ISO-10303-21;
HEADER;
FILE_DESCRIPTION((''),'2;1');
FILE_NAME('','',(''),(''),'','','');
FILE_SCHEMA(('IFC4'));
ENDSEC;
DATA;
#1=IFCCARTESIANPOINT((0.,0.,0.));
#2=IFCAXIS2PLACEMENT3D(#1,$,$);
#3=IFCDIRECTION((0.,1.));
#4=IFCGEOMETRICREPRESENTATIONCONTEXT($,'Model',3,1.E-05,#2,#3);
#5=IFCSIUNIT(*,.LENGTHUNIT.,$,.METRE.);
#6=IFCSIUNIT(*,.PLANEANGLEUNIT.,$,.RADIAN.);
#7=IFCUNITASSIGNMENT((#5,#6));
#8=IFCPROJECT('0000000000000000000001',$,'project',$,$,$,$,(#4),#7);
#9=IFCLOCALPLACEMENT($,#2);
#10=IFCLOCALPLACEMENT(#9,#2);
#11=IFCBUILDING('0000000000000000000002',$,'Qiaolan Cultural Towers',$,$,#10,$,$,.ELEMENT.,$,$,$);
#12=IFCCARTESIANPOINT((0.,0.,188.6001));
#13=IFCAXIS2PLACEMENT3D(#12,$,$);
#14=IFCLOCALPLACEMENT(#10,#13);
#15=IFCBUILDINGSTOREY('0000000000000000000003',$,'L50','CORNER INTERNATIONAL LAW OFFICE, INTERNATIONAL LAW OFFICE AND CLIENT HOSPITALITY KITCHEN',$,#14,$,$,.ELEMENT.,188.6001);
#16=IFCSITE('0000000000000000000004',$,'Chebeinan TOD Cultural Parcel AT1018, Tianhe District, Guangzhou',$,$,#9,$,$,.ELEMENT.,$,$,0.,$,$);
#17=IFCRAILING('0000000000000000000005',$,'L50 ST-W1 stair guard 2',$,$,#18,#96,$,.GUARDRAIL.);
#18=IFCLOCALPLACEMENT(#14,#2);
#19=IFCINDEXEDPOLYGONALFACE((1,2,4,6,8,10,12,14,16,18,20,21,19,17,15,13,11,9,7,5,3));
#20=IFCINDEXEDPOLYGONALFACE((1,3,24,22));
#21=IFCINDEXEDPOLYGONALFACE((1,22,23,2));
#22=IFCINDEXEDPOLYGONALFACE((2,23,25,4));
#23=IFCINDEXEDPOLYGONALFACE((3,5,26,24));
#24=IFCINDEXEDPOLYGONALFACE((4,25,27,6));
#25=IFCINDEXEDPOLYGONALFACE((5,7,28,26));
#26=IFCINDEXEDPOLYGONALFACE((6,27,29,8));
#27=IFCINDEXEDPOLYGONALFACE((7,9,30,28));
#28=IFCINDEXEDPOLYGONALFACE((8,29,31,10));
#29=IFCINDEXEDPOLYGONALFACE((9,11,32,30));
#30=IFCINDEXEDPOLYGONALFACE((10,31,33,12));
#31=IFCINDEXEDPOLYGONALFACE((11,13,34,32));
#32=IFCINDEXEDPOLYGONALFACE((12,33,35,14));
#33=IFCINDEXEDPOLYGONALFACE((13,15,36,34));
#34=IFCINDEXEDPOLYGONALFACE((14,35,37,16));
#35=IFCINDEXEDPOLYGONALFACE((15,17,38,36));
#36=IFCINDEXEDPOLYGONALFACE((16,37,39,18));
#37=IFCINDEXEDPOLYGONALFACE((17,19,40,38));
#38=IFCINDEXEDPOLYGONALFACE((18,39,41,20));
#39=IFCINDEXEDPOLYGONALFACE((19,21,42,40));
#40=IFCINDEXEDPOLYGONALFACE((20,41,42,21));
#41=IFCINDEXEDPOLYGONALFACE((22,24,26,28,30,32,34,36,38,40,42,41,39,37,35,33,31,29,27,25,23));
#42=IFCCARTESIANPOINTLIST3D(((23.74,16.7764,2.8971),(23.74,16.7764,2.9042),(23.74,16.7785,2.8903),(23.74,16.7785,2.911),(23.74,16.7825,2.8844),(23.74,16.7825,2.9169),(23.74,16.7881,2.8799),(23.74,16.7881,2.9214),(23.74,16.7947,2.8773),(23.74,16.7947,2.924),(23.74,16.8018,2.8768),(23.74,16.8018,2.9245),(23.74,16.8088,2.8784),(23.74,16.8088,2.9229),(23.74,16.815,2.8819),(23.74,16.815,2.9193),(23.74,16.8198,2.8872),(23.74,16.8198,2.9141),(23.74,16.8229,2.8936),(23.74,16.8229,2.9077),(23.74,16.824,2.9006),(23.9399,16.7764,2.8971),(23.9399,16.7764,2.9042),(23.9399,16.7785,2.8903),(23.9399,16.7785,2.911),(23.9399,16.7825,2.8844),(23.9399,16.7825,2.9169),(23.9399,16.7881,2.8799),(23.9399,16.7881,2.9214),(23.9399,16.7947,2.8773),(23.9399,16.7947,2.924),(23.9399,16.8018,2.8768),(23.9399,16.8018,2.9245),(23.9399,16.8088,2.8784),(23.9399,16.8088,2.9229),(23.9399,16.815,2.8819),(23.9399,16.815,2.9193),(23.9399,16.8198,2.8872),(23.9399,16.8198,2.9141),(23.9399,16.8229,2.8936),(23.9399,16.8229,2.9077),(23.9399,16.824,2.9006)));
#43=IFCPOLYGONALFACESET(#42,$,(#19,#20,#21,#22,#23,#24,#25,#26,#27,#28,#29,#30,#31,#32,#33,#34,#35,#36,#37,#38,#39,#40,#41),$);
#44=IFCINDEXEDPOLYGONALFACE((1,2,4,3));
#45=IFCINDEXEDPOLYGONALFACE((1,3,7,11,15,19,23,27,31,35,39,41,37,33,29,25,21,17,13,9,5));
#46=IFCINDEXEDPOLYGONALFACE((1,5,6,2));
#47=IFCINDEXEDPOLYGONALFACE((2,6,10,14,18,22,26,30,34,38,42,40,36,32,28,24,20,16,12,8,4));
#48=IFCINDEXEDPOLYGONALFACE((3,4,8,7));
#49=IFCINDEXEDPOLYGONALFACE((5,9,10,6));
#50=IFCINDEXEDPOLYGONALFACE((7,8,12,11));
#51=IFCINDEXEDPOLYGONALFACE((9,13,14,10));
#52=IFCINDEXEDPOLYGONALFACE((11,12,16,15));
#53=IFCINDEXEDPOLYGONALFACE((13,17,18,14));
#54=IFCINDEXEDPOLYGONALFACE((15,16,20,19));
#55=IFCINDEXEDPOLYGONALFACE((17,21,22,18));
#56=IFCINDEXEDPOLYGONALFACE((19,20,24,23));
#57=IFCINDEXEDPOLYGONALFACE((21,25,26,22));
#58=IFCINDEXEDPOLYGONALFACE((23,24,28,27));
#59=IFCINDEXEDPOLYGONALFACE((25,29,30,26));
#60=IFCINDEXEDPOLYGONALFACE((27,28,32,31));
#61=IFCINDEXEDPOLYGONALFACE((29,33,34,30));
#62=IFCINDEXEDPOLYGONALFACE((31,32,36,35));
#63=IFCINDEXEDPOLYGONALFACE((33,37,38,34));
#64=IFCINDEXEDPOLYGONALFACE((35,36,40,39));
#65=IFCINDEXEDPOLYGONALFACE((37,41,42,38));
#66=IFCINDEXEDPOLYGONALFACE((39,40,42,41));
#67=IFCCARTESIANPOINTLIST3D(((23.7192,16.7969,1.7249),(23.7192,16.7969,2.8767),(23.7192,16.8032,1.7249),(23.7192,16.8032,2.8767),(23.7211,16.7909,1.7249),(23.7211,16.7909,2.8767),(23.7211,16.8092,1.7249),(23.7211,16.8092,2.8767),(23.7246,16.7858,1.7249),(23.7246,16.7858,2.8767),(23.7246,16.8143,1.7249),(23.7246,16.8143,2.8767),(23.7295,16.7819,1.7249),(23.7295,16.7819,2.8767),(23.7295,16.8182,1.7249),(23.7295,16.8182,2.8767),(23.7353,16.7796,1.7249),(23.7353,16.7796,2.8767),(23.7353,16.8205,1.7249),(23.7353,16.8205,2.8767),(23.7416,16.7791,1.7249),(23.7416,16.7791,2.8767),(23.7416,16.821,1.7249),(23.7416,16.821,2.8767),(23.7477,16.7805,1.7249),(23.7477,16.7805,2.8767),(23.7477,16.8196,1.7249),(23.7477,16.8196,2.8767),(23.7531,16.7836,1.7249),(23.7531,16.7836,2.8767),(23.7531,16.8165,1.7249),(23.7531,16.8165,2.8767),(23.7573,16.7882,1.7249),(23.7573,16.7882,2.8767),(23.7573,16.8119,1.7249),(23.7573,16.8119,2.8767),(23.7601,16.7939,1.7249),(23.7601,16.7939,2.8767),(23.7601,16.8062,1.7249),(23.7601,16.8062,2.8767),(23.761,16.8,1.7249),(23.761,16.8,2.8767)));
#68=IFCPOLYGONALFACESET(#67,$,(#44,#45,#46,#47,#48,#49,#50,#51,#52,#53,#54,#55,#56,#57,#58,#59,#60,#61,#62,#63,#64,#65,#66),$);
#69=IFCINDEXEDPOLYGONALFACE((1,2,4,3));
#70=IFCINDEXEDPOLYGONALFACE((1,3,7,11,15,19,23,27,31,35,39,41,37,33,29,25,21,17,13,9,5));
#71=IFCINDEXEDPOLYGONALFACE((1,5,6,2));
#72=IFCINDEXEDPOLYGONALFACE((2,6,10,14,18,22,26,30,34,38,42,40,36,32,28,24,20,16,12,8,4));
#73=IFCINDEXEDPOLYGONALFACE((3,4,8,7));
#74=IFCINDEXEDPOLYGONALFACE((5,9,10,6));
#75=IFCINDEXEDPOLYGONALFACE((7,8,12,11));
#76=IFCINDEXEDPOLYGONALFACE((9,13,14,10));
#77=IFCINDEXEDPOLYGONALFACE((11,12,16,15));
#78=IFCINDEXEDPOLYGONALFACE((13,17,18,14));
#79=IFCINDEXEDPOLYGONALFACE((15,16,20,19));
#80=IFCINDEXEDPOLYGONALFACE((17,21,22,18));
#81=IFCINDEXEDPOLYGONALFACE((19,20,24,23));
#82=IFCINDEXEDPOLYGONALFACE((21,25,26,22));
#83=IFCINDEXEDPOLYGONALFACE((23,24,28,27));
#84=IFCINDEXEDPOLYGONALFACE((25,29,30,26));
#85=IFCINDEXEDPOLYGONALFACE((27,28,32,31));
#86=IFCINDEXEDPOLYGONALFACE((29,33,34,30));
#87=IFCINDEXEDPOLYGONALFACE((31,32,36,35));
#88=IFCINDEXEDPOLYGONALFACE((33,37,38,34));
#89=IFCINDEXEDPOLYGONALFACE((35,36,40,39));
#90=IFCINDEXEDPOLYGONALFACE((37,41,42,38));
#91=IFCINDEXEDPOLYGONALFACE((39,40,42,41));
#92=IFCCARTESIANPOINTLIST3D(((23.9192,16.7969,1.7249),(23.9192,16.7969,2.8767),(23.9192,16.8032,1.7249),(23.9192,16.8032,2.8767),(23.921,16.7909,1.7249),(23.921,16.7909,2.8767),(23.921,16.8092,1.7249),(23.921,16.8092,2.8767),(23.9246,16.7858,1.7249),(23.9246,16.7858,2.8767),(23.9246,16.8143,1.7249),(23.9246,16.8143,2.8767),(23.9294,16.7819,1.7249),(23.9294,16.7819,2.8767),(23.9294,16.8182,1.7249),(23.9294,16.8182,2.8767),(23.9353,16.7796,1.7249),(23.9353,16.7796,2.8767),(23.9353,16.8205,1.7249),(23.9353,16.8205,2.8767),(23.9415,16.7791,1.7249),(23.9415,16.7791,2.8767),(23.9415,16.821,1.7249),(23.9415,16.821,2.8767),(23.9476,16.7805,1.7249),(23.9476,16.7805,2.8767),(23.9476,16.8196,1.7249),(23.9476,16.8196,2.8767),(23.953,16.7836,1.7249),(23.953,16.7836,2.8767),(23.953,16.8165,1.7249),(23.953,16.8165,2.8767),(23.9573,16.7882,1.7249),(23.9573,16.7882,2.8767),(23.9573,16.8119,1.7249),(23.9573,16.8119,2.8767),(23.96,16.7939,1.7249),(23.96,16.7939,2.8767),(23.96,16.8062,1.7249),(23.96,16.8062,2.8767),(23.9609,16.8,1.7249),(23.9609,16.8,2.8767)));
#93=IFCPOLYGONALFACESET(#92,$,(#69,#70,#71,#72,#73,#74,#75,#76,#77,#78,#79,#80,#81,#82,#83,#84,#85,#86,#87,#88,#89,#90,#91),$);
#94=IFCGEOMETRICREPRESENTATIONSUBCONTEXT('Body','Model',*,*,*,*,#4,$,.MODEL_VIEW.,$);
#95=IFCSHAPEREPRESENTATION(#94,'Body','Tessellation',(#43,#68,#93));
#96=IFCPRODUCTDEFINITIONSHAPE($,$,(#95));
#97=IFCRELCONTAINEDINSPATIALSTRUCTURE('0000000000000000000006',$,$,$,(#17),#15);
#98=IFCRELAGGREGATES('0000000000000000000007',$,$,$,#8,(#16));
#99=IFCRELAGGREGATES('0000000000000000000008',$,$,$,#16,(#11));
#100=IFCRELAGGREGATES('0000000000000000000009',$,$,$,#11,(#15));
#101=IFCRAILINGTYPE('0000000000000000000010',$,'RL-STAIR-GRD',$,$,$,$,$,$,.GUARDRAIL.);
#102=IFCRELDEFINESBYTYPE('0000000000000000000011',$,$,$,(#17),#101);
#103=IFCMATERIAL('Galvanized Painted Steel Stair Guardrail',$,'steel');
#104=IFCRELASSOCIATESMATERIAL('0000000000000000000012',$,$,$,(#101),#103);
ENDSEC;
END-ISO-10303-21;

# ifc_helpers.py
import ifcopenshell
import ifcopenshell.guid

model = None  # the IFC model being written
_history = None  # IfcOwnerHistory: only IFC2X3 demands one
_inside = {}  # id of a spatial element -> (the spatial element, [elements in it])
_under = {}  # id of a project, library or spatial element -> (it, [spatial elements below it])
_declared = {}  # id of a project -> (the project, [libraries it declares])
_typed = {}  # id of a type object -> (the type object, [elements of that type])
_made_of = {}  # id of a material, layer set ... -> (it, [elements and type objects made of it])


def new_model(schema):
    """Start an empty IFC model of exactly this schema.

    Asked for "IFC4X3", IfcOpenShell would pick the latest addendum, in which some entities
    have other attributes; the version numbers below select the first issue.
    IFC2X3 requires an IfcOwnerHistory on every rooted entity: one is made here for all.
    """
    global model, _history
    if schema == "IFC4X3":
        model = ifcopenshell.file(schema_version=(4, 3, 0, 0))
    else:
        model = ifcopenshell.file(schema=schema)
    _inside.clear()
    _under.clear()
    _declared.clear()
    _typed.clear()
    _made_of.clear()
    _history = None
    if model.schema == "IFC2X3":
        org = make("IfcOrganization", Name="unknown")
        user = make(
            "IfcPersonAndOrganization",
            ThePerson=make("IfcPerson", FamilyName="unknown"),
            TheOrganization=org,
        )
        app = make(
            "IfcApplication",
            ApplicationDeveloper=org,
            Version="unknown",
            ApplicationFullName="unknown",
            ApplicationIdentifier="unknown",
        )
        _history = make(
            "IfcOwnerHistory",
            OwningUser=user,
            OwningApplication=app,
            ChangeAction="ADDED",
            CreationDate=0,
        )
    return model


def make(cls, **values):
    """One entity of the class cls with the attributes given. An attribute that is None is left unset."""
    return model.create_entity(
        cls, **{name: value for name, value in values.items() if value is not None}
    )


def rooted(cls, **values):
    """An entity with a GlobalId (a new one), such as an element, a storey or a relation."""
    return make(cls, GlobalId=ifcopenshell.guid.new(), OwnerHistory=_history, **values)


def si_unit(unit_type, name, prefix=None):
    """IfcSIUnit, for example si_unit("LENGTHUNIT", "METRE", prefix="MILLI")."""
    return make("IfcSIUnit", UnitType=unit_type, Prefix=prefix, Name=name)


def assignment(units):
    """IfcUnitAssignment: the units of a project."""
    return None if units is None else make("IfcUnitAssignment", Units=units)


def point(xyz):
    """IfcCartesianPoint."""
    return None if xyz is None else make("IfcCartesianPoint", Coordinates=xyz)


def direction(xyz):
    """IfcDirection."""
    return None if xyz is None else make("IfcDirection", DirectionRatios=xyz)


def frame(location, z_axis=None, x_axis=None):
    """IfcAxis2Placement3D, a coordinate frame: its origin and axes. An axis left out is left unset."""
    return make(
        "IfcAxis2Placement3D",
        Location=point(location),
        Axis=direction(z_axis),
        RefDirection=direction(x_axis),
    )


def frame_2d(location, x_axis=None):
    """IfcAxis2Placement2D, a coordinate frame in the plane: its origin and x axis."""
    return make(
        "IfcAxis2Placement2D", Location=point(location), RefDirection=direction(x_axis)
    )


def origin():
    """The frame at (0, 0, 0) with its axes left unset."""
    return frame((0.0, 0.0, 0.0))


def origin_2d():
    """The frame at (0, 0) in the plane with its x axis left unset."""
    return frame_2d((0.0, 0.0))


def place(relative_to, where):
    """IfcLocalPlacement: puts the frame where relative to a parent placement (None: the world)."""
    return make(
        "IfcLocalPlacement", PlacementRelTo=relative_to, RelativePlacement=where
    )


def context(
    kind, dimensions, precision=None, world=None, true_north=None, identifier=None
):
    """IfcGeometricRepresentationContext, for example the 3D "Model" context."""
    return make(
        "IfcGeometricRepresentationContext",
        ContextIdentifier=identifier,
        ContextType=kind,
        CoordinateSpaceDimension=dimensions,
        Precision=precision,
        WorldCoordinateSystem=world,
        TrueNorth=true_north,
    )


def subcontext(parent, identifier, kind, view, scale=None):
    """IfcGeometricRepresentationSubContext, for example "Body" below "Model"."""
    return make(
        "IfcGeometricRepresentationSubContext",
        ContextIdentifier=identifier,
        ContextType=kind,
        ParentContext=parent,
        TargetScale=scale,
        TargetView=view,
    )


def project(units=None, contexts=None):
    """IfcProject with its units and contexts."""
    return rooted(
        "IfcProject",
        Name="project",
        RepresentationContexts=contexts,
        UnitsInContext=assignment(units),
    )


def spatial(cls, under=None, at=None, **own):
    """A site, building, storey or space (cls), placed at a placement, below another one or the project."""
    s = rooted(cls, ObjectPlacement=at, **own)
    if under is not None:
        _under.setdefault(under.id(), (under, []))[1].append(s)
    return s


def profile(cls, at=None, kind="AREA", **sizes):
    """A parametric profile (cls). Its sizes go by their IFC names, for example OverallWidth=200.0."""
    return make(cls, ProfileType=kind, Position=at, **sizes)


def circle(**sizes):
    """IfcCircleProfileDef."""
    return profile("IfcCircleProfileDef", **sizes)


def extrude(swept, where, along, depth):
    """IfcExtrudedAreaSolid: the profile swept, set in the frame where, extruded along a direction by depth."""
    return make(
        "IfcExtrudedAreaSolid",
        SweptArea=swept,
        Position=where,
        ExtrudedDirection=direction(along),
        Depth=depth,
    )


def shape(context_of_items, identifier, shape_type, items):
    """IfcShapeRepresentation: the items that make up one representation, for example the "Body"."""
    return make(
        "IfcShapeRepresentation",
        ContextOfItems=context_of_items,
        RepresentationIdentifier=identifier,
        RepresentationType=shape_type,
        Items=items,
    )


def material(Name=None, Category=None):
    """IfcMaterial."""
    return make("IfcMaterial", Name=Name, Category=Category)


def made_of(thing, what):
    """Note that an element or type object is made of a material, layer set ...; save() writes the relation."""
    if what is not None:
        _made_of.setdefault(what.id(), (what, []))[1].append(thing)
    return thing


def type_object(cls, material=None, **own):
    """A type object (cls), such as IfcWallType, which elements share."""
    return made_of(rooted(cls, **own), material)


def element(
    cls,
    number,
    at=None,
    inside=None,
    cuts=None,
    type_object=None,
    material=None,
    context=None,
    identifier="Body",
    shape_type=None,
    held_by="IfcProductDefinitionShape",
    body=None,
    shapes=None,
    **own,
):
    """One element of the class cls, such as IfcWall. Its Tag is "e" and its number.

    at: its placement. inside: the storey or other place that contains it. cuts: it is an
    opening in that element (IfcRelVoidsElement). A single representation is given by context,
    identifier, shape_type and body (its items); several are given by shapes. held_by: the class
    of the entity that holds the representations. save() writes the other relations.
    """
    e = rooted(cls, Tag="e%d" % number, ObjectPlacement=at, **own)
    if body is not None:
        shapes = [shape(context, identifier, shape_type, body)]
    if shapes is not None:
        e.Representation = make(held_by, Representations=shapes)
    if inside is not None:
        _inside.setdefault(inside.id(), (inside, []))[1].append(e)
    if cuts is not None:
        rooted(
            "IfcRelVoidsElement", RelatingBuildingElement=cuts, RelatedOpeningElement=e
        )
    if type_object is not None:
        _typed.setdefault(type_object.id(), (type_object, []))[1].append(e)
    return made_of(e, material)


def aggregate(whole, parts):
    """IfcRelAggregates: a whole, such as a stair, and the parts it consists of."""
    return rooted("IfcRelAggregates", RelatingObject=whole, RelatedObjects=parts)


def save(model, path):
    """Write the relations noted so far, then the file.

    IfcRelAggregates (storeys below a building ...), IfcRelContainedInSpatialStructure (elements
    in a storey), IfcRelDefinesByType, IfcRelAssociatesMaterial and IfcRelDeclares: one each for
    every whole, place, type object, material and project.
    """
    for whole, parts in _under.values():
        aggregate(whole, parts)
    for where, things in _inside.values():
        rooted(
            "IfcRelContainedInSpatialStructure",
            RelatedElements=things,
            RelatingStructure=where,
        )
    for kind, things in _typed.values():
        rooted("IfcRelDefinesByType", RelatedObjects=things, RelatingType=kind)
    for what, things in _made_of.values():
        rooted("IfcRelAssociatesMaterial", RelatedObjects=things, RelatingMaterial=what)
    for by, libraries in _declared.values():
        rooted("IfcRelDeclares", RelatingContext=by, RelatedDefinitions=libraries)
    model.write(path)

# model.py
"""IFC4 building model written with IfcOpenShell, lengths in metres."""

from ifc_helpers import new_model, si_unit, direction, frame, origin, origin_2d, place, context, subcontext, project, spatial, circle, extrude, material, type_object, element, save


model = new_model("IFC4")

# Units and contexts
model_context = context("Model", 3, precision=1e-05, world=origin(), true_north=direction((0.0, 1.0)))
body_context = subcontext(model_context, "Body", "Model", "MODEL_VIEW")
ifc_project = project(units=[si_unit("LENGTHUNIT", "METRE"), si_unit("PLANEANGLEUNIT", "RADIAN")], contexts=[model_context])

# Site, building, storey
site_placement = place(None, origin())
site = spatial("IfcSite", under=ifc_project, at=site_placement, Name="Chebeinan TOD Cultural Parcel AT1018, Tianhe District, Guangzhou", CompositionType="ELEMENT", RefElevation=0.0)
building_placement = place(site_placement, origin())
building = spatial("IfcBuilding", under=site, at=building_placement, Name="Qiaolan Cultural Towers", CompositionType="ELEMENT")
storey_placement = place(building_placement, frame((0.0, 0.0, 188.6001)))
storey = spatial("IfcBuildingStorey", under=building, at=storey_placement, Name="L50", Description="CORNER INTERNATIONAL LAW OFFICE, INTERNATIONAL LAW OFFICE AND CLIENT HOSPITALITY KITCHEN", CompositionType="ELEMENT", Elevation=188.6001)

# Railing
ifc_material_1 = material(Name="Galvanized Painted Steel Stair Guardrail", Category="steel")
railing_type_1 = type_object("IfcRailingType", Name="RL-STAIR-GRD", PredefinedType="GUARDRAIL", material=ifc_material_1)
railing_1_placement = place(storey_placement, frame((23.74, 16.8, 1.7249)))
element("IfcRailing", 1, at=railing_1_placement, inside=storey, type_object=railing_type_1, Name="L50 ST-W1 stair guard 2", PredefinedType="GUARDRAIL", context=body_context, shape_type="SweptSolid", body=[
    extrude(circle(Radius=0.0239, at=origin_2d()), frame((0.0, 0.0, 1.1758), z_axis=(1.0, 0.0, 0.0), x_axis=(0.0, 1.0, 0.0)), (0.0, 0.0, 1.0), 0.2),
    extrude(circle(Radius=0.021, at=origin_2d()), origin(), (0.0, 0.0, 1.0), 1.1519),
    extrude(circle(Radius=0.021, at=origin_2d()), frame((0.2, 0.0, 0.0)), (0.0, 0.0, 1.0), 1.1519),
])

save(model, "model.ifc")
